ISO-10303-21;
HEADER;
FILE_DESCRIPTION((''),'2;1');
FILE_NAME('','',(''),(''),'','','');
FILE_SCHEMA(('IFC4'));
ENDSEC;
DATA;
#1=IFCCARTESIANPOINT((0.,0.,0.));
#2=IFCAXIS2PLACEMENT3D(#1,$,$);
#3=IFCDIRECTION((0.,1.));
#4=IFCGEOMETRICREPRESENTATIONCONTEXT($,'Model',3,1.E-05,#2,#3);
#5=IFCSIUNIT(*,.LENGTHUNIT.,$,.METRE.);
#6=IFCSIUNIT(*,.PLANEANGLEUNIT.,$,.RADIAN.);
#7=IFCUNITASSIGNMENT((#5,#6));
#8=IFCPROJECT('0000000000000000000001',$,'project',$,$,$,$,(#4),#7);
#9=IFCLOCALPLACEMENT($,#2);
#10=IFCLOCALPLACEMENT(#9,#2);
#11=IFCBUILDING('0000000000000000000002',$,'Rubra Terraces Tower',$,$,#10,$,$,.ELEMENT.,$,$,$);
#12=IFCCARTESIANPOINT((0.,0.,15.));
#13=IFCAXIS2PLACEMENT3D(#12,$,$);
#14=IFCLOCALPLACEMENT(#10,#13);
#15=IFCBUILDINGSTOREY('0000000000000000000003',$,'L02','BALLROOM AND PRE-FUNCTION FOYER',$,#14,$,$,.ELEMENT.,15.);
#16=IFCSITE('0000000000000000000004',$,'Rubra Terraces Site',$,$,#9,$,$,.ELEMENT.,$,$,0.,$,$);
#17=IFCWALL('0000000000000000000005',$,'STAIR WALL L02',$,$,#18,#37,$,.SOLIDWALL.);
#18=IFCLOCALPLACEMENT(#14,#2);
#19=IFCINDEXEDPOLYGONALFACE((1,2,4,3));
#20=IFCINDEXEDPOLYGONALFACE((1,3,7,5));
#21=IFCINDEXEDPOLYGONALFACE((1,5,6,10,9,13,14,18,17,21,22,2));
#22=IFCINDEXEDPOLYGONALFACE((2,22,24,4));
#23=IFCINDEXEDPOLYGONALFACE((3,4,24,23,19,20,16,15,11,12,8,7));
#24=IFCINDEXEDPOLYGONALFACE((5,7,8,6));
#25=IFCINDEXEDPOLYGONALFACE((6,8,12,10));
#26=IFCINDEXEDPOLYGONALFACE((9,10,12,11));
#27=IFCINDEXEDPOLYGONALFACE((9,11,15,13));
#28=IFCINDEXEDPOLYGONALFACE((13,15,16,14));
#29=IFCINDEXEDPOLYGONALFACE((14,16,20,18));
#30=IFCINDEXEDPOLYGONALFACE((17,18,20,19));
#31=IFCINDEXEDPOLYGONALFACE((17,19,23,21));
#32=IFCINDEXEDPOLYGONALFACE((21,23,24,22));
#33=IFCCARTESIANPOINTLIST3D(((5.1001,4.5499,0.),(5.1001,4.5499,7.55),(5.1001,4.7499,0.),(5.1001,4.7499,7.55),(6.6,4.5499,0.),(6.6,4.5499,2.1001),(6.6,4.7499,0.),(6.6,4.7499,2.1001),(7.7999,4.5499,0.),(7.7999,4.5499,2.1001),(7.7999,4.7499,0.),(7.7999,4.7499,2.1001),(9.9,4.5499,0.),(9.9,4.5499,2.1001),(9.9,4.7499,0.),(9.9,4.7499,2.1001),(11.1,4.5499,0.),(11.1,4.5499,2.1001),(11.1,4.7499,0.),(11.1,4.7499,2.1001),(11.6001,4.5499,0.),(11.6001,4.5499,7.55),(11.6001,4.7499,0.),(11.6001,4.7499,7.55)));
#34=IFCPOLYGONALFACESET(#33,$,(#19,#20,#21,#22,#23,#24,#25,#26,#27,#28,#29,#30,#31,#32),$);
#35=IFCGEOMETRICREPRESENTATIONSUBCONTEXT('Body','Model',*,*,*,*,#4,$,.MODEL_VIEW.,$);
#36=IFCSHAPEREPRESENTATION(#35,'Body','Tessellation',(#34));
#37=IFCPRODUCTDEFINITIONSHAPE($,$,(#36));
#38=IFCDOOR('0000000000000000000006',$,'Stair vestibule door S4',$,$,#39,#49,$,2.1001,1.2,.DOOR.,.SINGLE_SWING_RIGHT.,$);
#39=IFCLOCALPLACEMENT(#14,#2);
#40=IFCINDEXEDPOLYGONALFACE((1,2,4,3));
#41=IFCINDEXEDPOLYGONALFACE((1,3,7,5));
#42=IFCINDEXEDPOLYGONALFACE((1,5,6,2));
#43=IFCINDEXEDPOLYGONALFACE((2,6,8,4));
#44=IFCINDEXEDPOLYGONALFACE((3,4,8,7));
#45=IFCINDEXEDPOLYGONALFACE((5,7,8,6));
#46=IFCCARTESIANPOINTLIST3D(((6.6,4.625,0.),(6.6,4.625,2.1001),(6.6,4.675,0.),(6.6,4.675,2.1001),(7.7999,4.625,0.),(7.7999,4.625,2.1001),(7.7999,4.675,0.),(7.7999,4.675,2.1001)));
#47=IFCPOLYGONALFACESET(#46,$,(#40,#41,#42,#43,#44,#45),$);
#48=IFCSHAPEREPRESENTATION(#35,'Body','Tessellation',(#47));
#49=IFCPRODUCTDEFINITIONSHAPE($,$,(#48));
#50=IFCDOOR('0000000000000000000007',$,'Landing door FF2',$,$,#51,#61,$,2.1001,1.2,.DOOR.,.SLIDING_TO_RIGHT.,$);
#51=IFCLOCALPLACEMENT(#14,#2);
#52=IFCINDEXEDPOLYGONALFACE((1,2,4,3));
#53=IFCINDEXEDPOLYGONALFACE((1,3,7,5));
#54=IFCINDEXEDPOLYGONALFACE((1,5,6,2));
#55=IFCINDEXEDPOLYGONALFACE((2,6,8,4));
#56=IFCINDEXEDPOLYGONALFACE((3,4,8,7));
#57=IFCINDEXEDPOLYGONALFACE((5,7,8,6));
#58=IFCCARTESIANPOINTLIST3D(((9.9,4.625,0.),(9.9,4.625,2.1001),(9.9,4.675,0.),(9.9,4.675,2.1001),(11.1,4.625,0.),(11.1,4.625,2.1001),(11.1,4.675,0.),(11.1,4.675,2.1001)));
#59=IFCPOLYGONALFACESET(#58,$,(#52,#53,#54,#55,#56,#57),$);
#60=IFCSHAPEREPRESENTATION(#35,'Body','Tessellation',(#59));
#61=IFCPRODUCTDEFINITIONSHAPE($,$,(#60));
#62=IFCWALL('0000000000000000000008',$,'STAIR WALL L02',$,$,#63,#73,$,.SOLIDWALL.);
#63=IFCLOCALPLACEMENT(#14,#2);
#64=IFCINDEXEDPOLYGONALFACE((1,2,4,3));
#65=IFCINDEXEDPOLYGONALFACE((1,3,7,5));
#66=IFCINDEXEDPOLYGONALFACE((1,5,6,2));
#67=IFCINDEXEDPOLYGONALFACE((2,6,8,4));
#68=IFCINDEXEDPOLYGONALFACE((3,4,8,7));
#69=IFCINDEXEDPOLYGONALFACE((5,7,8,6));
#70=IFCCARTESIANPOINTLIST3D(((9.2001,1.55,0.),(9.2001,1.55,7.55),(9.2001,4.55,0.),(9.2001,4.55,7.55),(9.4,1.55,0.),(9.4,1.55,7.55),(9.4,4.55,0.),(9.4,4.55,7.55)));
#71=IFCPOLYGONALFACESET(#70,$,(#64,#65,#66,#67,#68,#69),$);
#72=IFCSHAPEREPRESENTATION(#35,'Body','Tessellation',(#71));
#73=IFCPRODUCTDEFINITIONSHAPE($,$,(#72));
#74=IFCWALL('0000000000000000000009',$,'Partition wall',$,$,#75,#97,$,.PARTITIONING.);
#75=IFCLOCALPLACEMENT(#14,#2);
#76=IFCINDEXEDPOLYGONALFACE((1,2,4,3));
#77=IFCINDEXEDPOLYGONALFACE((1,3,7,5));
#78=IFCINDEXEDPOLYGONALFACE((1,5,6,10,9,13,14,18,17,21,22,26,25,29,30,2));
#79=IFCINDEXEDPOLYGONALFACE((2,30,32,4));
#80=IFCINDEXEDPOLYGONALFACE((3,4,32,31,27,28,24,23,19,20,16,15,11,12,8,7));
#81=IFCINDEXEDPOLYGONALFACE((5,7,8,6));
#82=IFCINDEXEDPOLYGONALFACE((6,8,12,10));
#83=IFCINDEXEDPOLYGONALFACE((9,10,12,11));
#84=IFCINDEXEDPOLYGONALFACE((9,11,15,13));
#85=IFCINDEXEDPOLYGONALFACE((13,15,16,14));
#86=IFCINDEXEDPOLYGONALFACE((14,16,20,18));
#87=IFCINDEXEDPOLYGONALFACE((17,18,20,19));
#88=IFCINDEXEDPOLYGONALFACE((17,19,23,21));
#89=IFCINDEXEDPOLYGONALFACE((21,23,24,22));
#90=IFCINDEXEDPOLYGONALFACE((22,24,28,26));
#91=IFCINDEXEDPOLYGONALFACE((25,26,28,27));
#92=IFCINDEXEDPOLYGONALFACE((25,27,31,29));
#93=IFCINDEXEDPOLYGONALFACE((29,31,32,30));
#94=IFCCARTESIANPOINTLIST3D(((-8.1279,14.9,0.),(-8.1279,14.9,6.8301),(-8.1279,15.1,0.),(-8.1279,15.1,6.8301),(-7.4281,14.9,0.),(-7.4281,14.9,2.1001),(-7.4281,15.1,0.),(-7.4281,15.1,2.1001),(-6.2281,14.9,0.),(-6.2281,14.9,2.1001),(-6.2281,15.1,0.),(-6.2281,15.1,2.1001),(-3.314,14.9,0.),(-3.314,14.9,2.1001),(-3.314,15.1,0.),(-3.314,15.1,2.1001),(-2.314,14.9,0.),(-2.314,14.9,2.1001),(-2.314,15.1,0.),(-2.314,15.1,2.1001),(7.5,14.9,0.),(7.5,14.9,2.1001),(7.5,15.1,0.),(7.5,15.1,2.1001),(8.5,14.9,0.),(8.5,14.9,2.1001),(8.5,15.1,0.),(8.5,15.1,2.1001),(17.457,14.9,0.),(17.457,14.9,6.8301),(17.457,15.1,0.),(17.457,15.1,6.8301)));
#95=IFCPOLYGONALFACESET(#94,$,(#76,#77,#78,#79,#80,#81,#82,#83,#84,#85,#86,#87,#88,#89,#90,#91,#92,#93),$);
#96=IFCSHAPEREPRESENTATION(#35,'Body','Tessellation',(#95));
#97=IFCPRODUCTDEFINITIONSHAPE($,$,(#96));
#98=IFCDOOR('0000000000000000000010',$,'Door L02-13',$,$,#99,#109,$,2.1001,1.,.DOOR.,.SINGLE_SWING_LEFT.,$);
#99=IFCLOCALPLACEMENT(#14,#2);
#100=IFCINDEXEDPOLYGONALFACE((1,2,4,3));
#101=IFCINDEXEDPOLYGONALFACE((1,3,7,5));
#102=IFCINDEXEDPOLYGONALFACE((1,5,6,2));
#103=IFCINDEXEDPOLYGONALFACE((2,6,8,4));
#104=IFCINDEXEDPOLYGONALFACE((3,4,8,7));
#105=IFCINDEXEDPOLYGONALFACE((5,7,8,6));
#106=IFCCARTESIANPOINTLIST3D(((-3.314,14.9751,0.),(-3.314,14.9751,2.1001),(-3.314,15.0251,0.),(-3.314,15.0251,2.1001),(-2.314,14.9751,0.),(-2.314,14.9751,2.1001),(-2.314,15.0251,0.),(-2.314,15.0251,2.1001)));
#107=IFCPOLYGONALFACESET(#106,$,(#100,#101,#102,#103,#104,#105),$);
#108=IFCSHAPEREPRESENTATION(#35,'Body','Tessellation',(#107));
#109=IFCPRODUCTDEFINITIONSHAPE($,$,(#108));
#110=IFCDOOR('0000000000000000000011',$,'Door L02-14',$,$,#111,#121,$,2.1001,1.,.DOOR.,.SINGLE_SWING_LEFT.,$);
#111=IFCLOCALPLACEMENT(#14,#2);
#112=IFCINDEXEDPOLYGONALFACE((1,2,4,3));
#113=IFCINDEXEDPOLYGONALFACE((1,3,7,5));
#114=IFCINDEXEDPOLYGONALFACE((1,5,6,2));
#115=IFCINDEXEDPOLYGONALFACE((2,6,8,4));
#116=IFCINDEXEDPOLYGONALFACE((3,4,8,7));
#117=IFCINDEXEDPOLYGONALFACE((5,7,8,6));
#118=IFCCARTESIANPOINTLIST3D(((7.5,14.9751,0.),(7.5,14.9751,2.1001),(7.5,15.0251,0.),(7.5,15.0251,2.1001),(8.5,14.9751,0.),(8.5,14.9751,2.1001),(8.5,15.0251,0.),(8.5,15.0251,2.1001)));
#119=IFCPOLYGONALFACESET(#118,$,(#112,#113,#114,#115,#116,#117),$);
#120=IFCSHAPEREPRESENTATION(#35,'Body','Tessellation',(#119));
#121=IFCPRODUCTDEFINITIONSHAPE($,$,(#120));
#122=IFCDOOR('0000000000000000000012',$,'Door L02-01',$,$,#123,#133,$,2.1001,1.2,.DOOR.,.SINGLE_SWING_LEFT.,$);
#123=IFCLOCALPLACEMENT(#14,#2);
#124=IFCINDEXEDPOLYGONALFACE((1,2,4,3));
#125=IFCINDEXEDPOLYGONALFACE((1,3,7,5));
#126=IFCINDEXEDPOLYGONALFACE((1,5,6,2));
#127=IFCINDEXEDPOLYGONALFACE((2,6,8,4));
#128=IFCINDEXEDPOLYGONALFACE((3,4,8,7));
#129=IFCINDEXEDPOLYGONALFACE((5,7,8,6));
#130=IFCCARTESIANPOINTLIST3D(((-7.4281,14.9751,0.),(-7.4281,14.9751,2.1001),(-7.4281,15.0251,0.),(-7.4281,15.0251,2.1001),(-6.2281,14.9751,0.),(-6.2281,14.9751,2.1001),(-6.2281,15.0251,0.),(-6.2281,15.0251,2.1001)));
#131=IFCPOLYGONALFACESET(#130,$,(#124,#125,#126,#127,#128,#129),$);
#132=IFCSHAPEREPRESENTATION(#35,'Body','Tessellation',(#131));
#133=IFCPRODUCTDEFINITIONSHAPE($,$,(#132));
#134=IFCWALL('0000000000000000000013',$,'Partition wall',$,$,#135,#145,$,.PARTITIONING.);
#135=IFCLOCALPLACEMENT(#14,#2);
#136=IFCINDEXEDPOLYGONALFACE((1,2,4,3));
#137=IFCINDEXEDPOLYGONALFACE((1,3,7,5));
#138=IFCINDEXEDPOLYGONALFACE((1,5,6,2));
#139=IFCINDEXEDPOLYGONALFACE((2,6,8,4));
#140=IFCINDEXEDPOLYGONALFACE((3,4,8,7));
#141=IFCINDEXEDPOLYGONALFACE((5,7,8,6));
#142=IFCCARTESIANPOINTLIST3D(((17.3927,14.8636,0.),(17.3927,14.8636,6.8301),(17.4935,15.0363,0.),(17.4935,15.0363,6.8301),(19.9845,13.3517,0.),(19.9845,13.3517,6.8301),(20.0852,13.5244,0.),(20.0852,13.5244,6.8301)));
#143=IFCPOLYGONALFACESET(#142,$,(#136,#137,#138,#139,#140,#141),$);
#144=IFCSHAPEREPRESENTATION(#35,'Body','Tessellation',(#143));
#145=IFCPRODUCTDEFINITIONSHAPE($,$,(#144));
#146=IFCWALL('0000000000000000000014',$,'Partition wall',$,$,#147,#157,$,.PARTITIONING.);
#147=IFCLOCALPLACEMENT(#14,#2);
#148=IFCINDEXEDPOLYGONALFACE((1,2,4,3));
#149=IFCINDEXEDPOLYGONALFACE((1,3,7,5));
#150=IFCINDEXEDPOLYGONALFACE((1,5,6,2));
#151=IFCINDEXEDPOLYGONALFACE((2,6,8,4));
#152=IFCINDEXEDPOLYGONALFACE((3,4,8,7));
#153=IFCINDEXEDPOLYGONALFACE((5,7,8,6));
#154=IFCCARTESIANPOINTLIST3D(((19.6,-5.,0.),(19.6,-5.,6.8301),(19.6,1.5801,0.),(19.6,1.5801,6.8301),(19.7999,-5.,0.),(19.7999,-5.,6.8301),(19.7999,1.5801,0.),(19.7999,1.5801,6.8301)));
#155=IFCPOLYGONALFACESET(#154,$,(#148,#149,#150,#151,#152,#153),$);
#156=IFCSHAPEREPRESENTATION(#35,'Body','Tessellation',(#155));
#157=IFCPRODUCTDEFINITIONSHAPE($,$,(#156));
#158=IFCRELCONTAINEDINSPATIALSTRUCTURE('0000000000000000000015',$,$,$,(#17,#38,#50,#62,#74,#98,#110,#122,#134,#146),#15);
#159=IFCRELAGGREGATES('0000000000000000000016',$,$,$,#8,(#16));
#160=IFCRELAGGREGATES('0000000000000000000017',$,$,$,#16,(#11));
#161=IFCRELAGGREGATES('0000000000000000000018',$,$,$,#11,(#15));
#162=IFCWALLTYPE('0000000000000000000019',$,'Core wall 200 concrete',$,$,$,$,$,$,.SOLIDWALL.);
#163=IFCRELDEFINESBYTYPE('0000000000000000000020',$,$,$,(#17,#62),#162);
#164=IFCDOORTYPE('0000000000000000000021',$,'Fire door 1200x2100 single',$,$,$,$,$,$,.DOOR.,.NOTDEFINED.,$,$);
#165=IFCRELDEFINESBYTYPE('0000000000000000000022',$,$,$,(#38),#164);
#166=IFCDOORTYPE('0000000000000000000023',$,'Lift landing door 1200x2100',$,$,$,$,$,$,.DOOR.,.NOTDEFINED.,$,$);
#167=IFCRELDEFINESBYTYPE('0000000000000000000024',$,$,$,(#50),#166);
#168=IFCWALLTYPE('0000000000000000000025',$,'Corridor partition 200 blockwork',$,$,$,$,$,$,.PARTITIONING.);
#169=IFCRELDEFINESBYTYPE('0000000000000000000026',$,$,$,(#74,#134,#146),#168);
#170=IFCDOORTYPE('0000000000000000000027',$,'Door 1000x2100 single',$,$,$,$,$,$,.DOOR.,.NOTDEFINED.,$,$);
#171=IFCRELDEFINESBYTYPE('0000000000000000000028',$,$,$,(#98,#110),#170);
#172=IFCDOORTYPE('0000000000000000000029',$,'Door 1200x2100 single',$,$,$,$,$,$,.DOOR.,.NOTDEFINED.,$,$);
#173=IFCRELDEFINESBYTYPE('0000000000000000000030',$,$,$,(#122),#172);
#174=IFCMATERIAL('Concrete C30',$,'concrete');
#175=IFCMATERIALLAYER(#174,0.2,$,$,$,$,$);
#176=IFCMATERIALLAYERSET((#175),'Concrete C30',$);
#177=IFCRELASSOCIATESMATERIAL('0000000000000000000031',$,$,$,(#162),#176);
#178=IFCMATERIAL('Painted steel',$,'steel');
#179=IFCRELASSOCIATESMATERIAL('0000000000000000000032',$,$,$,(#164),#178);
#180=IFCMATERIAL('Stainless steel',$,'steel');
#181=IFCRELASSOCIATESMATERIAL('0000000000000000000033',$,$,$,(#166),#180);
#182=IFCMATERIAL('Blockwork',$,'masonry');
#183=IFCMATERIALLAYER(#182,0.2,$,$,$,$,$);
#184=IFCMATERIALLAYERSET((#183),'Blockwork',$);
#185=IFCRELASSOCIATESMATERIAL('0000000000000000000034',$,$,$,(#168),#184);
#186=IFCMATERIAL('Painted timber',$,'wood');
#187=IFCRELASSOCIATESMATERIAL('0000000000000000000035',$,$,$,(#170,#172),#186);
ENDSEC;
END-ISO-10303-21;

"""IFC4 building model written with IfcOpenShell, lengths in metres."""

from ifc_helpers import new_model, si_unit, direction, frame, frame_2d, origin, place, context, subcontext, project, spatial, rectangle, extrude, material, layer, layer_set, type_object, element, fill, save


model = new_model("IFC4")

# Units and contexts
model_context = context("Model", 3, precision=1e-05, world=origin(), true_north=direction((0.0, 1.0)))
body_context = subcontext(model_context, "Body", "Model", "MODEL_VIEW")
ifc_project = project(units=[si_unit("LENGTHUNIT", "METRE"), si_unit("PLANEANGLEUNIT", "RADIAN")], contexts=[model_context])

# Site, building, storey
site_placement = place(None, origin())
site = spatial("IfcSite", under=ifc_project, at=site_placement, Name="Rubra Terraces Site", CompositionType="ELEMENT", RefElevation=0.0)
building_placement = place(site_placement, origin())
building = spatial("IfcBuilding", under=site, at=building_placement, Name="Rubra Terraces Tower", CompositionType="ELEMENT")
storey_placement = place(building_placement, frame((0.0, 0.0, 15.0)))
storey = spatial("IfcBuildingStorey", under=building, at=storey_placement, Name="L02", Description="BALLROOM AND PRE-FUNCTION FOYER", CompositionType="ELEMENT", Elevation=15.0)

# Wall, openings, doors
ifc_material_1 = material(Name="Concrete C30", Category="concrete")
ifc_layer_1 = layer(ifc_material_1, 0.2)
ifc_layer_set_1 = layer_set([ifc_layer_1], Name="Concrete C30")
wall_type_1 = type_object("IfcWallType", Name="Core wall 200 concrete", PredefinedType="SOLIDWALL", material=ifc_layer_set_1)
wall_1_placement = place(storey_placement, frame((11.6001, 4.6499, 0.0), z_axis=(0.0, 0.0, 1.0), x_axis=(-1.0, 0.0, 0.0)))
wall_1 = element("IfcWall", 1, at=wall_1_placement, inside=storey, type_object=wall_type_1, Name="STAIR WALL L02", PredefinedType="SOLIDWALL", context=body_context, shape_type="SweptSolid", body=[
    extrude(rectangle(XDim=6.5, YDim=0.2, at=frame_2d((3.25, 0.0))), origin(), (0.0, 0.0, 1.0), 7.55),
])
opening_1_placement = place(wall_1_placement, frame((3.8, 0.0, 0.0)))
opening_1 = element("IfcOpeningElement", 2, at=opening_1_placement, cuts=wall_1, PredefinedType="OPENING", context=body_context, shape_type="SweptSolid", body=[
    extrude(rectangle(XDim=1.2, YDim=2.1001, at=frame_2d((0.6001, 1.05))), frame((0.0, 0.1099, 0.0), z_axis=(0.0, -1.0, 0.0), x_axis=(1.0, 0.0, 0.0)), (0.0, 0.0, 1.0), 0.22),
])
opening_2_placement = place(wall_1_placement, frame((0.5, 0.0, 0.0)))
opening_2 = element("IfcOpeningElement", 3, at=opening_2_placement, cuts=wall_1, PredefinedType="OPENING", context=body_context, shape_type="SweptSolid", body=[
    extrude(rectangle(XDim=1.2, YDim=2.1001, at=frame_2d((0.6001, 1.05))), frame((0.0, 0.1099, 0.0), z_axis=(0.0, -1.0, 0.0), x_axis=(1.0, 0.0, 0.0)), (0.0, 0.0, 1.0), 0.22),
])
ifc_material_2 = material(Name="Painted steel", Category="steel")
door_type_1 = type_object("IfcDoorType", Name="Fire door 1200x2100 single", OperationType="NOTDEFINED", PredefinedType="DOOR", material=ifc_material_2)
door_1_placement = place(opening_1_placement, origin())
door_1 = element("IfcDoor", 4, at=door_1_placement, inside=storey, type_object=door_type_1, Name="Stair vestibule door S4", OperationType="SINGLE_SWING_RIGHT", OverallHeight=2.1001, OverallWidth=1.2, PredefinedType="DOOR", context=body_context, shape_type="SweptSolid", body=[
    extrude(rectangle(XDim=1.2, YDim=2.1001, at=frame_2d((0.6001, 1.05))), frame((0.0, 0.0249, 0.0), z_axis=(0.0, -1.0, 0.0), x_axis=(1.0, 0.0, 0.0)), (0.0, 0.0, 1.0), 0.05),
])
fill(opening_1, door_1)
ifc_material_3 = material(Name="Stainless steel", Category="steel")
door_type_2 = type_object("IfcDoorType", Name="Lift landing door 1200x2100", OperationType="NOTDEFINED", PredefinedType="DOOR", material=ifc_material_3)
door_2_placement = place(opening_2_placement, origin())
door_2 = element("IfcDoor", 5, at=door_2_placement, inside=storey, type_object=door_type_2, Name="Landing door FF2", OperationType="SLIDING_TO_RIGHT", OverallHeight=2.1001, OverallWidth=1.2, PredefinedType="DOOR", context=body_context, shape_type="SweptSolid", body=[
    extrude(rectangle(XDim=1.2, YDim=2.1001, at=frame_2d((0.6001, 1.05))), frame((0.0, 0.0249, 0.0), z_axis=(0.0, -1.0, 0.0), x_axis=(1.0, 0.0, 0.0)), (0.0, 0.0, 1.0), 0.05),
])
fill(opening_2, door_2)

# Wall
wall_2_placement = place(storey_placement, frame((9.3, 4.55, 0.0), z_axis=(0.0, 0.0, 1.0), x_axis=(0.0, -1.0, 0.0)))
element("IfcWall", 6, at=wall_2_placement, inside=storey, type_object=wall_type_1, Name="STAIR WALL L02", PredefinedType="SOLIDWALL", context=body_context, shape_type="SweptSolid", body=[
    extrude(rectangle(XDim=3.0, YDim=0.2, at=frame_2d((1.5, 0.0))), origin(), (0.0, 0.0, 1.0), 7.55),
])

# Wall, openings, doors
ifc_material_4 = material(Name="Blockwork", Category="masonry")
ifc_layer_2 = layer(ifc_material_4, 0.2)
ifc_layer_set_2 = layer_set([ifc_layer_2], Name="Blockwork")
wall_type_2 = type_object("IfcWallType", Name="Corridor partition 200 blockwork", PredefinedType="PARTITIONING", material=ifc_layer_set_2)
wall_3_placement = place(storey_placement, frame((17.457, 15.0, 0.0), z_axis=(0.0, 0.0, 1.0), x_axis=(-1.0, 0.0, 0.0)))
wall_3 = element("IfcWall", 7, at=wall_3_placement, inside=storey, type_object=wall_type_2, Name="Partition wall", PredefinedType="PARTITIONING", context=body_context, shape_type="SweptSolid", body=[
    extrude(rectangle(XDim=25.585, YDim=0.2, at=frame_2d((12.7925, 0.0))), origin(), (0.0, 0.0, 1.0), 6.8301),
])
opening_3_placement = place(wall_3_placement, frame((23.6851, 0.0, 0.0)))
opening_3 = element("IfcOpeningElement", 8, at=opening_3_placement, cuts=wall_3, PredefinedType="OPENING", context=body_context, shape_type="SweptSolid", body=[
    extrude(rectangle(XDim=1.2, YDim=2.1001, at=frame_2d((0.6001, 1.05))), frame((0.0, 0.1099, 0.0), z_axis=(0.0, -1.0, 0.0), x_axis=(1.0, 0.0, 0.0)), (0.0, 0.0, 1.0), 0.22),
])
opening_4_placement = place(wall_3_placement, frame((19.771, 0.0, 0.0)))
opening_4 = element("IfcOpeningElement", 9, at=opening_4_placement, cuts=wall_3, PredefinedType="OPENING", context=body_context, shape_type="SweptSolid", body=[
    extrude(rectangle(XDim=1.0, YDim=2.1001, at=frame_2d((0.5, 1.05))), frame((0.0, 0.1099, 0.0), z_axis=(0.0, -1.0, 0.0), x_axis=(1.0, 0.0, 0.0)), (0.0, 0.0, 1.0), 0.22),
])
opening_5_placement = place(wall_3_placement, frame((8.957, 0.0, 0.0)))
opening_5 = element("IfcOpeningElement", 10, at=opening_5_placement, cuts=wall_3, PredefinedType="OPENING", context=body_context, shape_type="SweptSolid", body=[
    extrude(rectangle(XDim=1.0, YDim=2.1001, at=frame_2d((0.5, 1.05))), frame((0.0, 0.1099, 0.0), z_axis=(0.0, -1.0, 0.0), x_axis=(1.0, 0.0, 0.0)), (0.0, 0.0, 1.0), 0.22),
])
ifc_material_5 = material(Name="Painted timber", Category="wood")
door_type_3 = type_object("IfcDoorType", Name="Door 1000x2100 single", OperationType="NOTDEFINED", PredefinedType="DOOR", material=ifc_material_5)
door_3_placement = place(opening_4_placement, origin())
door_3 = element("IfcDoor", 11, at=door_3_placement, inside=storey, type_object=door_type_3, Name="Door L02-13", OperationType="SINGLE_SWING_LEFT", OverallHeight=2.1001, OverallWidth=1.0, PredefinedType="DOOR", context=body_context, shape_type="SweptSolid", body=[
    extrude(rectangle(XDim=1.0, YDim=2.1001, at=frame_2d((0.5, 1.05))), frame((0.0, 0.0249, 0.0), z_axis=(0.0, -1.0, 0.0), x_axis=(1.0, 0.0, 0.0)), (0.0, 0.0, 1.0), 0.05),
])
fill(opening_4, door_3)
door_4_placement = place(opening_5_placement, origin())
door_4 = element("IfcDoor", 12, at=door_4_placement, inside=storey, type_object=door_type_3, Name="Door L02-14", OperationType="SINGLE_SWING_LEFT", OverallHeight=2.1001, OverallWidth=1.0, PredefinedType="DOOR", context=body_context, shape_type="SweptSolid", body=[
    extrude(rectangle(XDim=1.0, YDim=2.1001, at=frame_2d((0.5, 1.05))), frame((0.0, 0.0249, 0.0), z_axis=(0.0, -1.0, 0.0), x_axis=(1.0, 0.0, 0.0)), (0.0, 0.0, 1.0), 0.05),
])
fill(opening_5, door_4)
door_type_4 = type_object("IfcDoorType", Name="Door 1200x2100 single", OperationType="NOTDEFINED", PredefinedType="DOOR", material=ifc_material_5)
door_5_placement = place(opening_3_placement, origin())
door_5 = element("IfcDoor", 13, at=door_5_placement, inside=storey, type_object=door_type_4, Name="Door L02-01", OperationType="SINGLE_SWING_LEFT", OverallHeight=2.1001, OverallWidth=1.2, PredefinedType="DOOR", context=body_context, shape_type="SweptSolid", body=[
    extrude(rectangle(XDim=1.2, YDim=2.1001, at=frame_2d((0.6001, 1.05))), frame((0.0, 0.0249, 0.0), z_axis=(0.0, -1.0, 0.0), x_axis=(1.0, 0.0, 0.0)), (0.0, 0.0, 1.0), 0.05),
])
fill(opening_3, door_5)

# Walls
wall_4_placement = place(storey_placement, frame((17.4431, 14.95, 0.0), z_axis=(0.0, 0.0, 1.0), x_axis=(0.863767, -0.503891, 0.0)))
element("IfcWall", 14, at=wall_4_placement, inside=storey, type_object=wall_type_2, Name="Partition wall", PredefinedType="PARTITIONING", context=body_context, shape_type="SweptSolid", body=[
    extrude(rectangle(XDim=3.0005, YDim=0.2, at=frame_2d((1.5002, 0.0))), origin(), (0.0, 0.0, 1.0), 6.8301),
])
wall_5_placement = place(storey_placement, frame((19.7, 1.5801, 0.0), z_axis=(0.0, 0.0, 1.0), x_axis=(0.0, -1.0, 0.0)))
element("IfcWall", 15, at=wall_5_placement, inside=storey, type_object=wall_type_2, Name="Partition wall", PredefinedType="PARTITIONING", context=body_context, shape_type="SweptSolid", body=[
    extrude(rectangle(XDim=6.5801, YDim=0.2, at=frame_2d((3.29, 0.0))), origin(), (0.0, 0.0, 1.0), 6.8301),
])

save(model, "model.ifc")
